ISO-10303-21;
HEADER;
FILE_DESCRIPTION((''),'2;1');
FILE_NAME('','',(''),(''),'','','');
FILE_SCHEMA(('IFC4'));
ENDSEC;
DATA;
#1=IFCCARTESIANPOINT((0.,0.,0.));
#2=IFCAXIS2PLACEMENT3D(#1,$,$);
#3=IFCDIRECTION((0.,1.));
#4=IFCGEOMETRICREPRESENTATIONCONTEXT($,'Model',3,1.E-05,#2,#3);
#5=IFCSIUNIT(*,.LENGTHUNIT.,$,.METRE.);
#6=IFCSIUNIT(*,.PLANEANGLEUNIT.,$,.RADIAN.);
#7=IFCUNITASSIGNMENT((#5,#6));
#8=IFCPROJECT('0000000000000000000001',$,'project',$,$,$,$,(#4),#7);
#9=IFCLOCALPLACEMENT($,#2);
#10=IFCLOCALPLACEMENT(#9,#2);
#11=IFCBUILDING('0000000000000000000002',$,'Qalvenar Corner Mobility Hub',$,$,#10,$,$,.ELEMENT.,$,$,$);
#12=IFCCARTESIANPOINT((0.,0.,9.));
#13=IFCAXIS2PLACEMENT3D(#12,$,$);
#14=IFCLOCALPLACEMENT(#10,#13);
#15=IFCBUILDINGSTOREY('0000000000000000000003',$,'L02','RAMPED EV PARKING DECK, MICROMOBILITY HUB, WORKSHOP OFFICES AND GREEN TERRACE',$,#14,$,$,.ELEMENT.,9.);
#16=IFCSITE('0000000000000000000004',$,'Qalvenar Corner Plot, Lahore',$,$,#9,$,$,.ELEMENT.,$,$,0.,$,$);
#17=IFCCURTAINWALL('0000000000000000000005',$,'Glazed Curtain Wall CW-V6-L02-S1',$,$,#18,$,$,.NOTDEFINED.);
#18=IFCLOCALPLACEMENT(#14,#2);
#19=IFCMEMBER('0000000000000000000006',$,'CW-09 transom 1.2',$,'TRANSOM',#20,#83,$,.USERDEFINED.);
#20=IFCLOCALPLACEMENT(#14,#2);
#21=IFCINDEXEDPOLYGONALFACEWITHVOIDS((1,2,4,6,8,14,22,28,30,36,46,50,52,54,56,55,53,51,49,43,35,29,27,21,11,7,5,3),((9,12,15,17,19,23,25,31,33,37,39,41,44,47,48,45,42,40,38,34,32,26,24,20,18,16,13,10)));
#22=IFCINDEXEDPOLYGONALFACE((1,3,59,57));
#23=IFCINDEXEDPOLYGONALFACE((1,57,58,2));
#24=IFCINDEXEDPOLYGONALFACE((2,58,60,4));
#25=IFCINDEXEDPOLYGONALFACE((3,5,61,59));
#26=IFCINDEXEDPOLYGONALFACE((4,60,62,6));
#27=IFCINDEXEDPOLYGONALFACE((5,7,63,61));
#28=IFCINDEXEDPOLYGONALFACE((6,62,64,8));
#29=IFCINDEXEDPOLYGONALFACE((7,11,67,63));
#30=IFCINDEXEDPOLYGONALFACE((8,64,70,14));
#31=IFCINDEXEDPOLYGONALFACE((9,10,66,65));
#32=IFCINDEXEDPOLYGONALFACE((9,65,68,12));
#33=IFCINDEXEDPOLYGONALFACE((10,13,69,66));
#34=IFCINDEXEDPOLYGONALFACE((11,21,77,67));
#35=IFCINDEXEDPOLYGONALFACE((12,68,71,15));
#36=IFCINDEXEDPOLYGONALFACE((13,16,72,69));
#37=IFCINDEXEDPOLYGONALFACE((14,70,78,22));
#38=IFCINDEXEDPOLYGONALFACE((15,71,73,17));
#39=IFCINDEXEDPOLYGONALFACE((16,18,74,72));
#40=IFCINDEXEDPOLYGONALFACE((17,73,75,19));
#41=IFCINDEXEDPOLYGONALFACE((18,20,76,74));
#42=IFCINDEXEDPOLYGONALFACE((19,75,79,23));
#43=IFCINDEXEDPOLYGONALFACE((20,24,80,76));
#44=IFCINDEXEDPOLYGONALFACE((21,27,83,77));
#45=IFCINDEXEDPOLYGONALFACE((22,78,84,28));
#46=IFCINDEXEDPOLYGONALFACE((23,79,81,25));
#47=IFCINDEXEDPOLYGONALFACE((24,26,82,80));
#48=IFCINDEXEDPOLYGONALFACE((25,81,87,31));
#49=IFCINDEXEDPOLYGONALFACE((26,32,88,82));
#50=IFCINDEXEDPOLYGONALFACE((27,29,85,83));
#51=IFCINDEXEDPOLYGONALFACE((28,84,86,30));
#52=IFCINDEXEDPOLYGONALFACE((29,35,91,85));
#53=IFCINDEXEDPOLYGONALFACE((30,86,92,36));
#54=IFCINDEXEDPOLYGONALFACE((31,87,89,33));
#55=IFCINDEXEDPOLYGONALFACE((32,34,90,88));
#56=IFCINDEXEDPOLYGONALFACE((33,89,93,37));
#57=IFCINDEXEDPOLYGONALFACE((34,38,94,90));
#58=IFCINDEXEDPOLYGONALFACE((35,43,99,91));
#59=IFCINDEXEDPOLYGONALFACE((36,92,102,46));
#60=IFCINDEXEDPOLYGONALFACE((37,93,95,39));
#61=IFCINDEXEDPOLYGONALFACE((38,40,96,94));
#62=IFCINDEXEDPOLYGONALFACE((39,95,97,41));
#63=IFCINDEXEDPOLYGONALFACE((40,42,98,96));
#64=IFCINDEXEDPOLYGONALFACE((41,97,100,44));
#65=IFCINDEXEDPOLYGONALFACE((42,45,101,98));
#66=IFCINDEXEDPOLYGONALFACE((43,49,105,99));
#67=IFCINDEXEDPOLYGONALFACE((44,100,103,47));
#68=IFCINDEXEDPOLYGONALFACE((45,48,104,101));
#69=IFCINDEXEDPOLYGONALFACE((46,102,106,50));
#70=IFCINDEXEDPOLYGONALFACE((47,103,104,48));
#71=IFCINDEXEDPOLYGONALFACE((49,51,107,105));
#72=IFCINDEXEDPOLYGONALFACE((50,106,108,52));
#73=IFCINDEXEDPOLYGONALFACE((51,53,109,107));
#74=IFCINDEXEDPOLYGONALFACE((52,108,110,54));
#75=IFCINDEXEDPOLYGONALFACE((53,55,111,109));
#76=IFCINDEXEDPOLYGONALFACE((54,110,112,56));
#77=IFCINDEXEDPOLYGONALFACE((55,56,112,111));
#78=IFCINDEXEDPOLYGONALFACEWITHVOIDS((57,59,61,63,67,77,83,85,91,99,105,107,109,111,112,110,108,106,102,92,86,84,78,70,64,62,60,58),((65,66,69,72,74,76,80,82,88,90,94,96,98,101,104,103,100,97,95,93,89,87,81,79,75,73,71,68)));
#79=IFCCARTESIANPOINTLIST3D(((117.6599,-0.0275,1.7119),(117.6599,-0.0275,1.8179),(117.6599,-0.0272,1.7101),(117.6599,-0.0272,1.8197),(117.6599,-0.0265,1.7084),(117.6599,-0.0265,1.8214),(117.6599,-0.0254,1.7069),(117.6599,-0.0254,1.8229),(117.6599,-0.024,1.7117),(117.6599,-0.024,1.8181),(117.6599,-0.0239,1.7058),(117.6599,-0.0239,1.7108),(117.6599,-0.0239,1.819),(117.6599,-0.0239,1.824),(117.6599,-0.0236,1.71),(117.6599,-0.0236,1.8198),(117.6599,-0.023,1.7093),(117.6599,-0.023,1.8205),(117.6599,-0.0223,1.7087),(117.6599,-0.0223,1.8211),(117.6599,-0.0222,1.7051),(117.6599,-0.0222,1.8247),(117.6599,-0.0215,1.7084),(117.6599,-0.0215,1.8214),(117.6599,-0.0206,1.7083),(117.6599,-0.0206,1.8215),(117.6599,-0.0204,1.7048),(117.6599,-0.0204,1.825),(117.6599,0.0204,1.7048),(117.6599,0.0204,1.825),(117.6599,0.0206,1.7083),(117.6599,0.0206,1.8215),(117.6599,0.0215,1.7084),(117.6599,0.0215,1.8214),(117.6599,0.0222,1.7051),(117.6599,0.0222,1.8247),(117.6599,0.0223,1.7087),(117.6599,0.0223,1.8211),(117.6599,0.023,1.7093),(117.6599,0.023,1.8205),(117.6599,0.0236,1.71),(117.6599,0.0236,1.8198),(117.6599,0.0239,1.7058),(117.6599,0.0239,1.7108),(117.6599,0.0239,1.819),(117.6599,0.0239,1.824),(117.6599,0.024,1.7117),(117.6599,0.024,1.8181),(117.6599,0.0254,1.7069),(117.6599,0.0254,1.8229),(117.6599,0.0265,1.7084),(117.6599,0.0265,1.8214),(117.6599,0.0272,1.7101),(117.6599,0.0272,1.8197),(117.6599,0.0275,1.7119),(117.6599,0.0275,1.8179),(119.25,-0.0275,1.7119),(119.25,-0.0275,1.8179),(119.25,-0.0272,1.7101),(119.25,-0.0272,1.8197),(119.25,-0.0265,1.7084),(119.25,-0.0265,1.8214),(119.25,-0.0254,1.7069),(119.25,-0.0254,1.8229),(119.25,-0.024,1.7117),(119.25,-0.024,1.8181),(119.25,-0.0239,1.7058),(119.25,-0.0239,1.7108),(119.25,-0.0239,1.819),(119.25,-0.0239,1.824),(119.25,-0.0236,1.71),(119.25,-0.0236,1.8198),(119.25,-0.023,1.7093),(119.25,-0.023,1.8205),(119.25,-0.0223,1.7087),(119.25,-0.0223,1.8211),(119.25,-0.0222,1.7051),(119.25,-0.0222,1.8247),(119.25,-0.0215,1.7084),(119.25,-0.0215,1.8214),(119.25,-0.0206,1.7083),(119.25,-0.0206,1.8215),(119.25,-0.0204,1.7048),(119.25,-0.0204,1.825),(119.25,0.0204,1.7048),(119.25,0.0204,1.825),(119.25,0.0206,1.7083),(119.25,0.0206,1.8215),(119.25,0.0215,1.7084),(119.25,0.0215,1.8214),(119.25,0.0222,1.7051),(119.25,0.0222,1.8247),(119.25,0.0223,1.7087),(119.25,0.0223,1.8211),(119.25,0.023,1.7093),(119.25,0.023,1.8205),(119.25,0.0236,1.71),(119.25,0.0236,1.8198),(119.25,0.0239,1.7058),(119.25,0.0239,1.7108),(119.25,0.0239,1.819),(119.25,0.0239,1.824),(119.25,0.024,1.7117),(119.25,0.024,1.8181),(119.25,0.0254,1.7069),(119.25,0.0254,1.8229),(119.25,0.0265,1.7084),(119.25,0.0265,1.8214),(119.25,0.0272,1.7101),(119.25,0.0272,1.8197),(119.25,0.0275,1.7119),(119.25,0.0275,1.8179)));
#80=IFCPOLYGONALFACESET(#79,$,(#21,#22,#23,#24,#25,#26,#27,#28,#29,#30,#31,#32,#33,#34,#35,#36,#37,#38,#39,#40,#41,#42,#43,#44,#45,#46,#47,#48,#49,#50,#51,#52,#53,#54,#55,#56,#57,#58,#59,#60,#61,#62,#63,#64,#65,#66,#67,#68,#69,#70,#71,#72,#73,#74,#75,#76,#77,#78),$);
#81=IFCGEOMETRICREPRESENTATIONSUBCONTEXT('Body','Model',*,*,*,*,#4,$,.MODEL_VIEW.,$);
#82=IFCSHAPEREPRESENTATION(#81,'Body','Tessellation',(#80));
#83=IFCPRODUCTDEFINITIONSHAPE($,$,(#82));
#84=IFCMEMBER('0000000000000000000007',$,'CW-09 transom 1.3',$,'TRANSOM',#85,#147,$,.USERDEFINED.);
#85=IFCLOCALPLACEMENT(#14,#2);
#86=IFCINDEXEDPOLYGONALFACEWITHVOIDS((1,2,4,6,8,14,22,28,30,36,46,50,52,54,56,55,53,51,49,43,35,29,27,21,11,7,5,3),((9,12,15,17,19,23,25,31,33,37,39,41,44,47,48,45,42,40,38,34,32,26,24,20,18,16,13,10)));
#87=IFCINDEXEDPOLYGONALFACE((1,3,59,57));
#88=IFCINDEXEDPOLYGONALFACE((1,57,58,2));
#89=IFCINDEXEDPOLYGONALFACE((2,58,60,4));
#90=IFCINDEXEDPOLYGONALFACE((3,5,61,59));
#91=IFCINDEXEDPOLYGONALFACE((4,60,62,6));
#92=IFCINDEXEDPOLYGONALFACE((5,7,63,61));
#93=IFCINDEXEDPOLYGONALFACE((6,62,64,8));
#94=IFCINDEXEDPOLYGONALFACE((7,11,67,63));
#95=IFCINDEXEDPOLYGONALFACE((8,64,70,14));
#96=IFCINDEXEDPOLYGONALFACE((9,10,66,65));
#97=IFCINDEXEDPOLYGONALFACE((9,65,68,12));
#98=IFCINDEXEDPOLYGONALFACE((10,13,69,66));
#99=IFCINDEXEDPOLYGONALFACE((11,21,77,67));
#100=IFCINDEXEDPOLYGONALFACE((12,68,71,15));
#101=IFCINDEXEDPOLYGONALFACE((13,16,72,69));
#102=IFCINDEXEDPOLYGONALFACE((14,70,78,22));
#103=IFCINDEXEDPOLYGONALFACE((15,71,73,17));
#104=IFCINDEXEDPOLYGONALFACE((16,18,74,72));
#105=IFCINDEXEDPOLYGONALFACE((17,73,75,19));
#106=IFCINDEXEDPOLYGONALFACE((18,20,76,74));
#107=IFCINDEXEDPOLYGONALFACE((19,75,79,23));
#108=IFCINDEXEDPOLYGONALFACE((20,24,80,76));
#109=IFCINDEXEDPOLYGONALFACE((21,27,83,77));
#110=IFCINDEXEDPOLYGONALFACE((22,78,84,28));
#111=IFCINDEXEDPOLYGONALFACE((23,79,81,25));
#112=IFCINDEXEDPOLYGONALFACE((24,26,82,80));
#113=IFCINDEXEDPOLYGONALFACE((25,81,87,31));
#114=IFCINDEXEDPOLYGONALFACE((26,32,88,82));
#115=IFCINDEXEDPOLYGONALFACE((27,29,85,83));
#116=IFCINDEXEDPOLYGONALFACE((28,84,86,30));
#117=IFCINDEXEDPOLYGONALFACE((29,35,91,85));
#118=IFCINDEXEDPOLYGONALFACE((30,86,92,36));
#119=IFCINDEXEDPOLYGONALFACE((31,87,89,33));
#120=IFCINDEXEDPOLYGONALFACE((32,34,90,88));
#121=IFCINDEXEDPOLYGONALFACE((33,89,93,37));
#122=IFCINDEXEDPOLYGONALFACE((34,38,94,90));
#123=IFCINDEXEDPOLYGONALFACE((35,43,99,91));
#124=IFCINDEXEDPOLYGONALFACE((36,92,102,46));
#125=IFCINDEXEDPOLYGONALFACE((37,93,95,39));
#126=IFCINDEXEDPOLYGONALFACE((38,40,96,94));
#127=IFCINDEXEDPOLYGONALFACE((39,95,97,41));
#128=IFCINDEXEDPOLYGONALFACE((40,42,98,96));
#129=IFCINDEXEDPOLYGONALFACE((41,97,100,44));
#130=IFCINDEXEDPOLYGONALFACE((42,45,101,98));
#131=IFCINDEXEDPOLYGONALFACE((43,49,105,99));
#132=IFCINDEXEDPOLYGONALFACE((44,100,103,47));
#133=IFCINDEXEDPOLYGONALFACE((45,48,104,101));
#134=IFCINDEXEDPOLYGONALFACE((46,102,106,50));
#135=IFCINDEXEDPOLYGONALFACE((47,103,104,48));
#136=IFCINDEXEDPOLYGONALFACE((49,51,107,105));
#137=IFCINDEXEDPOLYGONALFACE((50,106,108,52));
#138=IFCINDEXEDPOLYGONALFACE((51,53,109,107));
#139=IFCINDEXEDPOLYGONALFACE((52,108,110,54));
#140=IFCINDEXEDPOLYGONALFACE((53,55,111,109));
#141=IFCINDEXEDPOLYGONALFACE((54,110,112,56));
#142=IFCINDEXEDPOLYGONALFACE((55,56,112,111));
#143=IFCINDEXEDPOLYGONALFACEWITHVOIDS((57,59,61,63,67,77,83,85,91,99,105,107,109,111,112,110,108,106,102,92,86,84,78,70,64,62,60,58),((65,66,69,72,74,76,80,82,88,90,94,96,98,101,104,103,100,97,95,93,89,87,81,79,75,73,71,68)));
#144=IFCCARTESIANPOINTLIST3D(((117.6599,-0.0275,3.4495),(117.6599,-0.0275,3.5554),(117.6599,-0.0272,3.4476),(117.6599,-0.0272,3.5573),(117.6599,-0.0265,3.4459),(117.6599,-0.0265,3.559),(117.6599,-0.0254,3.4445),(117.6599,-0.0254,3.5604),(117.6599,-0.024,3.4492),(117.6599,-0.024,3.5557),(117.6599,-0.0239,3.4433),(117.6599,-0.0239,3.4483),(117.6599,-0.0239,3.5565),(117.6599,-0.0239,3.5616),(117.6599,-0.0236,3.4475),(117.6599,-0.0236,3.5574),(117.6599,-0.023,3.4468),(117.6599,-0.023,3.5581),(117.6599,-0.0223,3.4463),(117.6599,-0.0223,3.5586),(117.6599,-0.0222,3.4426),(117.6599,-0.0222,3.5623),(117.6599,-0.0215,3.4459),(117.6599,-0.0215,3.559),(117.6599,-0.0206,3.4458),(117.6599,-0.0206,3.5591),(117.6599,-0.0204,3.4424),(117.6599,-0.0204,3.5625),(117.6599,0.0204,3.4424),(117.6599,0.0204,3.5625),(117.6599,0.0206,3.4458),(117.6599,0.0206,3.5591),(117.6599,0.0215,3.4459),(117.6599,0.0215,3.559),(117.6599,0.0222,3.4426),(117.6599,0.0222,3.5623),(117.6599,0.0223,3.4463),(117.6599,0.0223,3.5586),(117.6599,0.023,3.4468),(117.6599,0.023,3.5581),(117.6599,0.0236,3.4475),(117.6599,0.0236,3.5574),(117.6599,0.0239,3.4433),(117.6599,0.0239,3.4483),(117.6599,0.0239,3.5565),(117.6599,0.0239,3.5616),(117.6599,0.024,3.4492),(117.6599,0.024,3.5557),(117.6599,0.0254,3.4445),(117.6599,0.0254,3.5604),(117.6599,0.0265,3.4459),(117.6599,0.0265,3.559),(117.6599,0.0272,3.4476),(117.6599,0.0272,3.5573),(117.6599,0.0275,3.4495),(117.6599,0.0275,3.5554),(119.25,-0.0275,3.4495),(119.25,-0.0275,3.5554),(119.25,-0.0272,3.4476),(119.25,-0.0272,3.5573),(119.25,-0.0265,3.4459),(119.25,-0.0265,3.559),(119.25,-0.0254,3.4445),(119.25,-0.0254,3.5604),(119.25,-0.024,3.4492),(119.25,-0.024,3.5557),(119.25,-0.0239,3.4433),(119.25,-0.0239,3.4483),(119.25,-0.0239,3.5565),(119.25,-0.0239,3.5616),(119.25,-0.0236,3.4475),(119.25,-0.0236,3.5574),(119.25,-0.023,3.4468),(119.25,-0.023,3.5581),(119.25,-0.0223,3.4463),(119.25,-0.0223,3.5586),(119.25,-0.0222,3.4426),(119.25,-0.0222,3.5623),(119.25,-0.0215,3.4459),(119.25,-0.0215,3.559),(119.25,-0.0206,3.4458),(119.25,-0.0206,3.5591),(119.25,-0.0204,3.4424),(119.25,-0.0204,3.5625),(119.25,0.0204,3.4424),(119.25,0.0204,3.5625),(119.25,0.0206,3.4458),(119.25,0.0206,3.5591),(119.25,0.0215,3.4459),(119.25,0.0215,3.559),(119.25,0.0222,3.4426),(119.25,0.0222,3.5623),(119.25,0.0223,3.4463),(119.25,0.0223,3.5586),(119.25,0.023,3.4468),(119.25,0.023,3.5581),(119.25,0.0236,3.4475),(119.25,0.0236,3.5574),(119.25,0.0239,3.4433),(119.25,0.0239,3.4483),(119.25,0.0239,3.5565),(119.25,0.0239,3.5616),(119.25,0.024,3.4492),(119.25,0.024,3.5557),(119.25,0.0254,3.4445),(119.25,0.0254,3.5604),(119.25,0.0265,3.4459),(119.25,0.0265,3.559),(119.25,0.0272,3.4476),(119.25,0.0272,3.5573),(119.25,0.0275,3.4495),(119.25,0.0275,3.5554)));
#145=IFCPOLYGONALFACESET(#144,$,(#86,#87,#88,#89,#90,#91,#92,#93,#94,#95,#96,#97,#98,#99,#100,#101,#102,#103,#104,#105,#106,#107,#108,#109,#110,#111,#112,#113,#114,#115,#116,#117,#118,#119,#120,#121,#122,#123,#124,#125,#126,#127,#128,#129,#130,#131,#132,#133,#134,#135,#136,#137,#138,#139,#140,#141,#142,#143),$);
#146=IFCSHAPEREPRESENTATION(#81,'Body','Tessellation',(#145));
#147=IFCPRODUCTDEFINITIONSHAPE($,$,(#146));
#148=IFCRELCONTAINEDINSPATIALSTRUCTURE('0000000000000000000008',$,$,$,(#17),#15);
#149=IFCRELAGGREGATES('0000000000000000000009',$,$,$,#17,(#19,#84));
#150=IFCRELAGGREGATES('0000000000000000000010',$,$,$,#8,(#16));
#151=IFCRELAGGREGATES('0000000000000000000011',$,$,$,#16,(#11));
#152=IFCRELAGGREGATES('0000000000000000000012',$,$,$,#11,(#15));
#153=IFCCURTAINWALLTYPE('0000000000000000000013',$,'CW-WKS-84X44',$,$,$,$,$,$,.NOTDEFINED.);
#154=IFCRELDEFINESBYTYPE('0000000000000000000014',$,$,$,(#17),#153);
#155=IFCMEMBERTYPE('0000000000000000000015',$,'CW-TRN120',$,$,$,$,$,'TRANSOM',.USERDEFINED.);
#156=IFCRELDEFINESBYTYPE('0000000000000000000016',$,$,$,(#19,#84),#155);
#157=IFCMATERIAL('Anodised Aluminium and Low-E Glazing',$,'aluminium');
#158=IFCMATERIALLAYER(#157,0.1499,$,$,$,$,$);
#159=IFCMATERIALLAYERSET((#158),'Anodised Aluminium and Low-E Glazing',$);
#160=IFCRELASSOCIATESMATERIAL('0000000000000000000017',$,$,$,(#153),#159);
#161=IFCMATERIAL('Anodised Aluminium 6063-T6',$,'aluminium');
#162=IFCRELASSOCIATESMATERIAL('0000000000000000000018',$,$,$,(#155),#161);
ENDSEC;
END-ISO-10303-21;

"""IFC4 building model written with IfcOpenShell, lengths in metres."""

from ifc_helpers import new_model, si_unit, direction, frame, origin, origin_2d, place, context, subcontext, project, spatial, hollow_rectangle, extrude, material, layer, layer_set, material_profile, profile_set, type_object, element, aggregate, save


model = new_model("IFC4")

# Units and contexts
model_context = context("Model", 3, precision=1e-05, world=origin(), true_north=direction((0.0, 1.0)))
body_context = subcontext(model_context, "Body", "Model", "MODEL_VIEW")
ifc_project = project(units=[si_unit("LENGTHUNIT", "METRE"), si_unit("PLANEANGLEUNIT", "RADIAN")], contexts=[model_context])

# Site, building, storey
site_placement = place(None, origin())
site = spatial("IfcSite", under=ifc_project, at=site_placement, Name="Qalvenar Corner Plot, Lahore", CompositionType="ELEMENT", RefElevation=0.0)
building_placement = place(site_placement, origin())
building = spatial("IfcBuilding", under=site, at=building_placement, Name="Qalvenar Corner Mobility Hub", CompositionType="ELEMENT")
storey_placement = place(building_placement, frame((0.0, 0.0, 9.0)))
storey = spatial("IfcBuildingStorey", under=building, at=storey_placement, Name="L02", Description="RAMPED EV PARKING DECK, MICROMOBILITY HUB, WORKSHOP OFFICES AND GREEN TERRACE", CompositionType="ELEMENT", Elevation=9.0)

# Curtain wall, members
ifc_material_1 = material(Name="Anodised Aluminium and Low-E Glazing", Category="aluminium")
ifc_layer_1 = layer(ifc_material_1, 0.1499)
ifc_layer_set_1 = layer_set([ifc_layer_1], Name="Anodised Aluminium and Low-E Glazing")
curtain_wall_type = type_object("IfcCurtainWallType", Name="CW-WKS-84X44", PredefinedType="NOTDEFINED", material=ifc_layer_set_1)
curtain_wall_placement = place(storey_placement, origin())
curtain_wall = element("IfcCurtainWall", 1, at=curtain_wall_placement, inside=storey, type_object=curtain_wall_type, Name="Glazed Curtain Wall CW-V6-L02-S1", PredefinedType="NOTDEFINED")
ifc_material_2 = material(Name="Anodised Aluminium 6063-T6", Category="aluminium")
ifc_material_profile_1 = material_profile(ifc_material_2, hollow_rectangle(XDim=0.0549, YDim=0.1201, WallThickness=0.0034, InnerFilletRadius=0.0034, OuterFilletRadius=0.0071, at=origin_2d()), Name="RHS120x55x3.5")
ifc_profile_set_1 = profile_set([ifc_material_profile_1], Name="Anodised Aluminium 6063-T6")
member_type_1 = type_object("IfcMemberType", Name="CW-TRN120", ElementType="TRANSOM", PredefinedType="USERDEFINED", material=ifc_profile_set_1)
member_1_placement = place(storey_placement, frame((117.6599, 0.0, 1.7649), z_axis=(1.0, 0.0, 0.0), x_axis=(0.0, 1.0, 0.0)))
member_1 = element("IfcMember", 2, at=member_1_placement, type_object=member_type_1, Name="CW-09 transom 1.2", ObjectType="TRANSOM", PredefinedType="USERDEFINED", context=body_context, shape_type="SweptSolid", body=[
    extrude(hollow_rectangle(XDim=0.0549, YDim=0.1201, WallThickness=0.0034, InnerFilletRadius=0.0034, OuterFilletRadius=0.0071, at=origin_2d()), origin(), (0.0, 0.0, 1.0), 1.5901),
])
member_2_placement = place(storey_placement, frame((117.6599, 0.0, 3.5024), z_axis=(1.0, 0.0, 0.0), x_axis=(0.0, 1.0, 0.0)))
member_2 = element("IfcMember", 3, at=member_2_placement, type_object=member_type_1, Name="CW-09 transom 1.3", ObjectType="TRANSOM", PredefinedType="USERDEFINED", context=body_context, shape_type="SweptSolid", body=[
    extrude(hollow_rectangle(XDim=0.0549, YDim=0.1201, WallThickness=0.0034, InnerFilletRadius=0.0034, OuterFilletRadius=0.0071, at=origin_2d()), origin(), (0.0, 0.0, 1.0), 1.5901),
])
aggregate(curtain_wall, [member_1, member_2])

save(model, "model.ifc")
